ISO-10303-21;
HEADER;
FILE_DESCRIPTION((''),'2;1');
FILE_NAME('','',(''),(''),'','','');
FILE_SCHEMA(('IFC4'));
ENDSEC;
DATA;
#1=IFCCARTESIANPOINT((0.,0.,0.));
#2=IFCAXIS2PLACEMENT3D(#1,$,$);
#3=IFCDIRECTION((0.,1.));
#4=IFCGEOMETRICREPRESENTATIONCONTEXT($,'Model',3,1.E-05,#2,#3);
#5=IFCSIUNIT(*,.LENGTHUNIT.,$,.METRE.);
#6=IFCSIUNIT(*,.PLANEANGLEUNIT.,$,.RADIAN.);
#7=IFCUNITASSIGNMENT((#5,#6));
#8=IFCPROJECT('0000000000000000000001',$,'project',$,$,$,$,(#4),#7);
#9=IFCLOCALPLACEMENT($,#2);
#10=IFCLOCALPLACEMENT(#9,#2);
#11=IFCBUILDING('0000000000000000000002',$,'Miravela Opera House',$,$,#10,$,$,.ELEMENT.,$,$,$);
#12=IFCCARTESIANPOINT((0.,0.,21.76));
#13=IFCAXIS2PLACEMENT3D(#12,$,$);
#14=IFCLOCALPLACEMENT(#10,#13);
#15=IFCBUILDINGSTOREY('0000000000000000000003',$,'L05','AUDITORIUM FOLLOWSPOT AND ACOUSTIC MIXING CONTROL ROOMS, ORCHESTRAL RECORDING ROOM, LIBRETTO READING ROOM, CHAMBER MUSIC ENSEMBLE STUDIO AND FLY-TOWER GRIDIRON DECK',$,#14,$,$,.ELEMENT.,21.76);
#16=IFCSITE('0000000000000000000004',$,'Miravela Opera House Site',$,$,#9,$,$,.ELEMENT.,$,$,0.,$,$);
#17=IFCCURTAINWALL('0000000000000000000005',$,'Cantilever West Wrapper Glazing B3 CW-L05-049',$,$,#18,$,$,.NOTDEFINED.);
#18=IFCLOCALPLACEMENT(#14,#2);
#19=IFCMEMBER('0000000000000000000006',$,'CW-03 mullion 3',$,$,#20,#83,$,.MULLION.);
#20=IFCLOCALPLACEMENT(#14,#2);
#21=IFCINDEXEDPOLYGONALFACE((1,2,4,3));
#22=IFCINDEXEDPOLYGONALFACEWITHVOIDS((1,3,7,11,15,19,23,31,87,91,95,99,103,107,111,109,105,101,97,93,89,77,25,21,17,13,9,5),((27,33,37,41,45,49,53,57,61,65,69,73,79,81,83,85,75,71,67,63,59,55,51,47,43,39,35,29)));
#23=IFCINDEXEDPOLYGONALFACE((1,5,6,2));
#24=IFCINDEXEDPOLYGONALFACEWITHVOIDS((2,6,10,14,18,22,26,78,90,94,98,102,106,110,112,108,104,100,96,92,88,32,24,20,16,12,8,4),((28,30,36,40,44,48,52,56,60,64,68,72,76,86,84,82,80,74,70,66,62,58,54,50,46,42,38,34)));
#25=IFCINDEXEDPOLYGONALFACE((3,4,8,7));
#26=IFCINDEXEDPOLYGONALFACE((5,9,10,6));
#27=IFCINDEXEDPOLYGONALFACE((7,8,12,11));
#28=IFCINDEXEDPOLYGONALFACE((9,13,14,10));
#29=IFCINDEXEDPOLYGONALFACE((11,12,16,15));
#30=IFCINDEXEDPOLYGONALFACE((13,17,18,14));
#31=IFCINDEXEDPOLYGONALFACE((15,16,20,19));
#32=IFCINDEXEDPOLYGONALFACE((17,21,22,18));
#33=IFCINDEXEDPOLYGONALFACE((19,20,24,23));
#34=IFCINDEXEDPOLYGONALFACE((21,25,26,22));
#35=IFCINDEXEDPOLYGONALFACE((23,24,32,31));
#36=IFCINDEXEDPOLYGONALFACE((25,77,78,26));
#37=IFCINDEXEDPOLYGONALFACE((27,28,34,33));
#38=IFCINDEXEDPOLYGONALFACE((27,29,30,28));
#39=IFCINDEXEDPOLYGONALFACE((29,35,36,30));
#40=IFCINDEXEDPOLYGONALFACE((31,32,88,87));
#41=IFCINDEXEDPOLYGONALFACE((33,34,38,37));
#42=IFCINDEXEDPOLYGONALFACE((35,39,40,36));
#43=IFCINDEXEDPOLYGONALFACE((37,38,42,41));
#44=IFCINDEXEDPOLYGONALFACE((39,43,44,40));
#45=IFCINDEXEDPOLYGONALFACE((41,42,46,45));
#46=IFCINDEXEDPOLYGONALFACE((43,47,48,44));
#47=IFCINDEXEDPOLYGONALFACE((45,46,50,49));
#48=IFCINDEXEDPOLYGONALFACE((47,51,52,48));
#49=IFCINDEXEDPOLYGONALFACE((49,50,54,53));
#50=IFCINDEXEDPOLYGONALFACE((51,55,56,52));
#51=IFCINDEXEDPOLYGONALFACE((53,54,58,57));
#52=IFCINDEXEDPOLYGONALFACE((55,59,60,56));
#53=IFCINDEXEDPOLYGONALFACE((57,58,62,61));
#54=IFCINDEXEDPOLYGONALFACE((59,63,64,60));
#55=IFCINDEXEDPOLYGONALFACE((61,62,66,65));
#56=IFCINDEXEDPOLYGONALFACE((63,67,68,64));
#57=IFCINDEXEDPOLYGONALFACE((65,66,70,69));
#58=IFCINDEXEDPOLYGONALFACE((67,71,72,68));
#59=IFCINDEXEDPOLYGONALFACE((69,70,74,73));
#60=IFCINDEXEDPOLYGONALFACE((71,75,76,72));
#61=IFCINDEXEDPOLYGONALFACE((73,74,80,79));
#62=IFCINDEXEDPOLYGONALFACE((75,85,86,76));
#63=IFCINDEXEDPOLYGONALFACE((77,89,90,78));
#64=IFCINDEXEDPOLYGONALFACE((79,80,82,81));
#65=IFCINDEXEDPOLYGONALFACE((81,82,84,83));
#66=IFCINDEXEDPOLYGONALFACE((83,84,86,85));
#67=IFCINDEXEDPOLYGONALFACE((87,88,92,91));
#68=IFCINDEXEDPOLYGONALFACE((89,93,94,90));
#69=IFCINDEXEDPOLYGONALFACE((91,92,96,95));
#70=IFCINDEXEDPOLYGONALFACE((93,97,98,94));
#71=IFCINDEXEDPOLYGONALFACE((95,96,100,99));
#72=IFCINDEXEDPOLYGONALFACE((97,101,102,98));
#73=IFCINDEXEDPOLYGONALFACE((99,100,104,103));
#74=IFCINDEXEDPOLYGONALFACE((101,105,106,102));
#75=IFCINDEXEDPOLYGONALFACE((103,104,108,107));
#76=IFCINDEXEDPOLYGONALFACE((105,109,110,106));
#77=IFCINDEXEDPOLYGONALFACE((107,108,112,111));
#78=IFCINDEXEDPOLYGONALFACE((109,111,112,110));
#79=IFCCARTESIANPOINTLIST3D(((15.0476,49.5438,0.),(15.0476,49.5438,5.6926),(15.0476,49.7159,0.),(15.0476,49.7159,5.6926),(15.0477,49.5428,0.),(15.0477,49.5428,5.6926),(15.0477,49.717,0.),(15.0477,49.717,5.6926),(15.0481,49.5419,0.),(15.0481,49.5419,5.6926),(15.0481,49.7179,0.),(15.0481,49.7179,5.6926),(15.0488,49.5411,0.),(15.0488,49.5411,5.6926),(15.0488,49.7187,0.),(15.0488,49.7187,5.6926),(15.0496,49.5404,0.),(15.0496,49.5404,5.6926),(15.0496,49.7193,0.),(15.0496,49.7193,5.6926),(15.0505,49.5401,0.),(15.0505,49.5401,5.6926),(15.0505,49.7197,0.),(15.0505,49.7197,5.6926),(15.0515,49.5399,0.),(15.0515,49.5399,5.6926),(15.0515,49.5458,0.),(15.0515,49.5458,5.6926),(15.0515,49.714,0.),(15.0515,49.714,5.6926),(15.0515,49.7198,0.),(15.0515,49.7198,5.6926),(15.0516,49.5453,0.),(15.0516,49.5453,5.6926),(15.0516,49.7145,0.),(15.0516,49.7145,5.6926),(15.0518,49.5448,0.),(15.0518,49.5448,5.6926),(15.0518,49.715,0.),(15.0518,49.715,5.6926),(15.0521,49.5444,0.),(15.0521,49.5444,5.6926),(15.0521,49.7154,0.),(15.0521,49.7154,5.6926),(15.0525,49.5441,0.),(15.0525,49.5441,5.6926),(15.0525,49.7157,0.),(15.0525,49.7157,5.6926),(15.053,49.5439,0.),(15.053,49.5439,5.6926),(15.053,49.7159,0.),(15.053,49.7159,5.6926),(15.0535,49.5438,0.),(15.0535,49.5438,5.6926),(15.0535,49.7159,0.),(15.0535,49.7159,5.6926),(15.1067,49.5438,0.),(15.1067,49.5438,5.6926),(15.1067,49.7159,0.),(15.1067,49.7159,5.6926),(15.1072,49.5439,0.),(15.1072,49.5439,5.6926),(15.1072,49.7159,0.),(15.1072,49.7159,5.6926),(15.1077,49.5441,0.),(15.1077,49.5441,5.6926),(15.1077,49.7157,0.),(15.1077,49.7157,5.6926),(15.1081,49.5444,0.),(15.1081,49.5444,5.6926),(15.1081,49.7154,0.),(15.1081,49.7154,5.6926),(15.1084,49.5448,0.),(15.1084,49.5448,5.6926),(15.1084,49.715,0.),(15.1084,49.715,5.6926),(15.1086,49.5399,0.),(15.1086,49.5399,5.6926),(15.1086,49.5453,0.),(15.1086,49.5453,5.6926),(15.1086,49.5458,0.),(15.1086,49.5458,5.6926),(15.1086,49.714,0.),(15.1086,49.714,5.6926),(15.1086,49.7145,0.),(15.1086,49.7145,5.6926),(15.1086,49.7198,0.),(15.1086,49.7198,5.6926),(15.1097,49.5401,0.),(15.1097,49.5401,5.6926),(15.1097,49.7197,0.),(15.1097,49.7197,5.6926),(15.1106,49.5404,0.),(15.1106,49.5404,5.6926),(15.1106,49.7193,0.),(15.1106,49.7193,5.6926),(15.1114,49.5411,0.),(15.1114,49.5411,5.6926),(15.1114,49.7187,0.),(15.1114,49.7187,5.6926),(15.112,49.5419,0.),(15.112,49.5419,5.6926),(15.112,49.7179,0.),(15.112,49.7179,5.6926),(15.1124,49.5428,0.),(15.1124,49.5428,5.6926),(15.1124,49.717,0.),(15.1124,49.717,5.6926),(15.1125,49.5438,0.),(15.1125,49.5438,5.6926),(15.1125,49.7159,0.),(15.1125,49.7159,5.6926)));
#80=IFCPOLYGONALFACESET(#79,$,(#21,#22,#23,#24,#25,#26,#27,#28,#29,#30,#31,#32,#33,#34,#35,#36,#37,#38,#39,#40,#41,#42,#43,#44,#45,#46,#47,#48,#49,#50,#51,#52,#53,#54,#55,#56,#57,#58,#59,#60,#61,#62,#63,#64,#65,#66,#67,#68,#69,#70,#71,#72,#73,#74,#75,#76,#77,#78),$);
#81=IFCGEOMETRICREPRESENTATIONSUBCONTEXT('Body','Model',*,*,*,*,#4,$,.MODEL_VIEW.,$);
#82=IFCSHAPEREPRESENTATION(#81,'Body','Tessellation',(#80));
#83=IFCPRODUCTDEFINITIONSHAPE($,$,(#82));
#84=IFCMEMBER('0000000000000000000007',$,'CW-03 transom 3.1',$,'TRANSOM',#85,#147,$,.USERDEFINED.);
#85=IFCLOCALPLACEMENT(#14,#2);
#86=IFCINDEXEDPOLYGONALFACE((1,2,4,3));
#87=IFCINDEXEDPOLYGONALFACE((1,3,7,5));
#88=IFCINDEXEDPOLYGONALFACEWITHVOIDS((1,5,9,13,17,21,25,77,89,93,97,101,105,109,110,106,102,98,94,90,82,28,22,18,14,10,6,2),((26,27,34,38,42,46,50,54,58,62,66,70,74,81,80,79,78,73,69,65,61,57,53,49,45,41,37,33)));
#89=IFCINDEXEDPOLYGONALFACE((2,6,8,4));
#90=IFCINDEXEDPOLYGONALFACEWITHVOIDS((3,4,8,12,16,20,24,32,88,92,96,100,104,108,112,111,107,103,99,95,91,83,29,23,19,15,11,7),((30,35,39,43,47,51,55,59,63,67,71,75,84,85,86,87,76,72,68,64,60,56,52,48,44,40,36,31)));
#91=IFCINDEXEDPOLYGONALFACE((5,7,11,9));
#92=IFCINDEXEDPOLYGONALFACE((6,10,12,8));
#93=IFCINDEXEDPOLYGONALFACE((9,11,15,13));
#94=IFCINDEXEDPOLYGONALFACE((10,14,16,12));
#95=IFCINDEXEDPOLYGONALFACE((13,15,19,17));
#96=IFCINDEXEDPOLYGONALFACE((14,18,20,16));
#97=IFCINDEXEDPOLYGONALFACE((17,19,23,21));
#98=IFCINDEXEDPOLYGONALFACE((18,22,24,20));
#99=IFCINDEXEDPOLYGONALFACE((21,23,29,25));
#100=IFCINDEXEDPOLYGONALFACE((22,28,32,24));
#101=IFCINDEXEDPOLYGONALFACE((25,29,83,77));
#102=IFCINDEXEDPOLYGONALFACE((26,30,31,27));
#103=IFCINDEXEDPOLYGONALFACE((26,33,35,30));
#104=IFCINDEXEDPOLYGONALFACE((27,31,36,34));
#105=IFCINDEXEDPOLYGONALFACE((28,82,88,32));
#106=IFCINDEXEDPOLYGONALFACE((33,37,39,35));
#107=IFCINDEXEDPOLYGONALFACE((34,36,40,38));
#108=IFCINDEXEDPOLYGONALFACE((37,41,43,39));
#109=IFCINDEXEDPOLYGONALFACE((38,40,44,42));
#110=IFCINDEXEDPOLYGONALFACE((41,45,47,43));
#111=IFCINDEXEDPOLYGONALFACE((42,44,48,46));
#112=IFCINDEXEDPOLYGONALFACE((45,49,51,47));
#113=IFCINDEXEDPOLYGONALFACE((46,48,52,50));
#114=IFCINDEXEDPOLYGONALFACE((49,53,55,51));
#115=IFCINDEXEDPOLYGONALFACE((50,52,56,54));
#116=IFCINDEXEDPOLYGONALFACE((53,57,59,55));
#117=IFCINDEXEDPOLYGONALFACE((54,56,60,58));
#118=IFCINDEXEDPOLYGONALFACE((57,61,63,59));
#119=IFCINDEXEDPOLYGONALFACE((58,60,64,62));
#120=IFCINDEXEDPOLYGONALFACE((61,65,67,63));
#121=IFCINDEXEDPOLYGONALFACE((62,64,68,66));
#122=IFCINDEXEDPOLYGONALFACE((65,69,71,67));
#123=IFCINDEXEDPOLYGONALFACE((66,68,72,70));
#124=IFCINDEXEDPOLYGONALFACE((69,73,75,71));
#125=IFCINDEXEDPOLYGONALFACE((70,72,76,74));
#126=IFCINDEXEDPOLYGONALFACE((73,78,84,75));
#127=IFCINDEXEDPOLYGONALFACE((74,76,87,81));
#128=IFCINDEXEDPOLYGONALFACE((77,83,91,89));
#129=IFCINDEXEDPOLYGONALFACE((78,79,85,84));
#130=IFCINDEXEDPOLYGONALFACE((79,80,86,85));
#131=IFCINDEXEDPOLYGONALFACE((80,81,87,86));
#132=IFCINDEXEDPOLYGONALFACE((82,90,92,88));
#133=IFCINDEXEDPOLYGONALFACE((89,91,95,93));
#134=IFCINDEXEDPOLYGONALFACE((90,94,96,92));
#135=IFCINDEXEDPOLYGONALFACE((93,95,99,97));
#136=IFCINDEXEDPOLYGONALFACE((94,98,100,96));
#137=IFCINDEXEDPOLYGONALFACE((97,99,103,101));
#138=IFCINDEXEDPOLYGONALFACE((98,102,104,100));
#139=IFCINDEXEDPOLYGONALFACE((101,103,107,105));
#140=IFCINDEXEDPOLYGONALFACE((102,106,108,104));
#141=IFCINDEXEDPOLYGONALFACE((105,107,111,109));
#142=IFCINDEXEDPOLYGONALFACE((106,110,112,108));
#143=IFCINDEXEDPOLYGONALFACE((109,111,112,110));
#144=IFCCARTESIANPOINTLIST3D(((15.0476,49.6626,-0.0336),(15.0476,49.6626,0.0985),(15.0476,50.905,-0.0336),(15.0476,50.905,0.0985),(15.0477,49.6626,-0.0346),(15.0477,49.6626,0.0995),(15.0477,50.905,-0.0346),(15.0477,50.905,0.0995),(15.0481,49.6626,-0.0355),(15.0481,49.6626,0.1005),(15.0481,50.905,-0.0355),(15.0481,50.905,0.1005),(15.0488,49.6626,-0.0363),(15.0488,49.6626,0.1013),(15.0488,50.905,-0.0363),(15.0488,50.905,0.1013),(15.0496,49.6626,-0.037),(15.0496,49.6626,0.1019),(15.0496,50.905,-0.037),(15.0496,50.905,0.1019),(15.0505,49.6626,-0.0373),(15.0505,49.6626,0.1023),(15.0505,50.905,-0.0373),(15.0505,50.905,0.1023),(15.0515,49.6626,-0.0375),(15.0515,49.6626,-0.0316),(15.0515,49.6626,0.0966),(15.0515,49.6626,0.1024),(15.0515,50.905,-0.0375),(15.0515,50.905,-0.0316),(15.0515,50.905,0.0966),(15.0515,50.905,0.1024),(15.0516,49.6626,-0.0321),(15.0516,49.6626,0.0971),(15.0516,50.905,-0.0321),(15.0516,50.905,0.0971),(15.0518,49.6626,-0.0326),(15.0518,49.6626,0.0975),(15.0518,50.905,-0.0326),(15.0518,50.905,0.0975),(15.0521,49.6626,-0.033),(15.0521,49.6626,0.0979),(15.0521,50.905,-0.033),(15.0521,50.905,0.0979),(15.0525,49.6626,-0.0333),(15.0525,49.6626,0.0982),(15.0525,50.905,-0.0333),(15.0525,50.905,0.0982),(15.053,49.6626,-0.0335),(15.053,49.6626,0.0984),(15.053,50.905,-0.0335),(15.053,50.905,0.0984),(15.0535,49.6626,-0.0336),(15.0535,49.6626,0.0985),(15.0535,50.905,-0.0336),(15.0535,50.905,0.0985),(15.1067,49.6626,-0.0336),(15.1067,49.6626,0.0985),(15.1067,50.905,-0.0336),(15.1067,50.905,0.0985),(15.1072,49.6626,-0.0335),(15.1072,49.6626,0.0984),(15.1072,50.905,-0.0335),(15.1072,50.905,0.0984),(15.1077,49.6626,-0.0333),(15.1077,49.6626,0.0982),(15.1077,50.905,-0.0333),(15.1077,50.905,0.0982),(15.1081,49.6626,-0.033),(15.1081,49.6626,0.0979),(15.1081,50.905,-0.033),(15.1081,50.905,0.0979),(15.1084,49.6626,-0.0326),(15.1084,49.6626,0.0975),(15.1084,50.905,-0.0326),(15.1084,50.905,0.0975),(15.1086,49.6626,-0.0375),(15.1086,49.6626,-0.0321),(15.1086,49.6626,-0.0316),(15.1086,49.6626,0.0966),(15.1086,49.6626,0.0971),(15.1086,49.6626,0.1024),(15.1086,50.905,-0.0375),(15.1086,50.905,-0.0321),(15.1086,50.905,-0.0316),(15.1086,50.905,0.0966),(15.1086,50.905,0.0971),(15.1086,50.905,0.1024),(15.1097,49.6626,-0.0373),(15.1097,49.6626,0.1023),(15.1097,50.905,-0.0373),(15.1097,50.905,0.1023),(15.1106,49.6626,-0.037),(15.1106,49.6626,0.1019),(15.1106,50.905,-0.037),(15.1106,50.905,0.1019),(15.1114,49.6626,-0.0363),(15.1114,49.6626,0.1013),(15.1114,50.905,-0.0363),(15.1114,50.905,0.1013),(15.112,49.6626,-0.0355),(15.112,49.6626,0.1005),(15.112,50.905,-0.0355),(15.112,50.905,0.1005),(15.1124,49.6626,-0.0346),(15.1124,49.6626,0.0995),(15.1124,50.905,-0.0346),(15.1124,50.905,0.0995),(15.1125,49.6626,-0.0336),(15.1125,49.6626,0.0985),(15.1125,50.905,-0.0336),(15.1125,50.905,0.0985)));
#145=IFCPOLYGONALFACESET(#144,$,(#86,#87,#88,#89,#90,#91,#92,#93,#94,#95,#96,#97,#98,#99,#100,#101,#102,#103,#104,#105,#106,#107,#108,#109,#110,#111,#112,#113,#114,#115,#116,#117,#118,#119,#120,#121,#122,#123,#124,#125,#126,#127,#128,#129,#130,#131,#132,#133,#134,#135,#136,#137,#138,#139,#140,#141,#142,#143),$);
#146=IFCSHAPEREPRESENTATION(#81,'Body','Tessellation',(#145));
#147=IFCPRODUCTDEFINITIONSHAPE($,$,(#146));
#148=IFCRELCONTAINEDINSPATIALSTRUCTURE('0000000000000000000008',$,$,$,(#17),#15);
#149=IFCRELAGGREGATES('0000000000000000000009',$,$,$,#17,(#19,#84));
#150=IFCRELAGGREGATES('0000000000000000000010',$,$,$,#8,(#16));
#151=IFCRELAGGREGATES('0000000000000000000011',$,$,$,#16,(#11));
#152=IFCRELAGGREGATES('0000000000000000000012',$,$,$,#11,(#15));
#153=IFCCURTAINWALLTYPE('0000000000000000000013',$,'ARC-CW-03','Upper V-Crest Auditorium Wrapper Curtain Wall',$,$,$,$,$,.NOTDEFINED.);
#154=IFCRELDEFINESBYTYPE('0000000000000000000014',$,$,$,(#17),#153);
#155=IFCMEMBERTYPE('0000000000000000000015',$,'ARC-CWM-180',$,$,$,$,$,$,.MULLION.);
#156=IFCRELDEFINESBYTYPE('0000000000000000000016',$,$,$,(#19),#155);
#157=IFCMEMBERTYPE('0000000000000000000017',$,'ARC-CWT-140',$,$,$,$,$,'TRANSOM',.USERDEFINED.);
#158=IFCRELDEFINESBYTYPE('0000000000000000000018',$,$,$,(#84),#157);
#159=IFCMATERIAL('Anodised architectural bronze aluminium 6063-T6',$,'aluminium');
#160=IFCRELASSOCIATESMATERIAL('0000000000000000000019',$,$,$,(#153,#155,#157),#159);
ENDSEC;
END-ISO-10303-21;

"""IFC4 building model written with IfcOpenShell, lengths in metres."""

from ifc_helpers import new_model, si_unit, direction, frame, origin, origin_2d, place, context, subcontext, project, spatial, hollow_rectangle, extrude, material, material_profile, profile_set, type_object, element, aggregate, save


model = new_model("IFC4")

# Units and contexts
model_context = context("Model", 3, precision=1e-05, world=origin(), true_north=direction((0.0, 1.0)))
body_context = subcontext(model_context, "Body", "Model", "MODEL_VIEW")
ifc_project = project(units=[si_unit("LENGTHUNIT", "METRE"), si_unit("PLANEANGLEUNIT", "RADIAN")], contexts=[model_context])

# Site, building, storey
site_placement = place(None, origin())
site = spatial("IfcSite", under=ifc_project, at=site_placement, Name="Miravela Opera House Site", CompositionType="ELEMENT", RefElevation=0.0)
building_placement = place(site_placement, origin())
building = spatial("IfcBuilding", under=site, at=building_placement, Name="Miravela Opera House", CompositionType="ELEMENT")
storey_placement = place(building_placement, frame((0.0, 0.0, 21.76)))
storey = spatial("IfcBuildingStorey", under=building, at=storey_placement, Name="L05", Description="AUDITORIUM FOLLOWSPOT AND ACOUSTIC MIXING CONTROL ROOMS, ORCHESTRAL RECORDING ROOM, LIBRETTO READING ROOM, CHAMBER MUSIC ENSEMBLE STUDIO AND FLY-TOWER GRIDIRON DECK", CompositionType="ELEMENT", Elevation=21.76)

# Curtain wall, members
ifc_material_1 = material(Name="Anodised architectural bronze aluminium 6063-T6", Category="aluminium")
curtain_wall_type = type_object("IfcCurtainWallType", Name="ARC-CW-03", Description="Upper V-Crest Auditorium Wrapper Curtain Wall", PredefinedType="NOTDEFINED", material=ifc_material_1)
curtain_wall_placement = place(storey_placement, origin())
curtain_wall = element("IfcCurtainWall", 1, at=curtain_wall_placement, inside=storey, type_object=curtain_wall_type, Name="Cantilever West Wrapper Glazing B3 CW-L05-049", PredefinedType="NOTDEFINED")
ifc_material_profile_1 = material_profile(ifc_material_1, hollow_rectangle(XDim=0.0649, YDim=0.1799, WallThickness=0.0039, InnerFilletRadius=0.002, OuterFilletRadius=0.0039, at=origin_2d()), Name="CWM-65X180")
ifc_profile_set_1 = profile_set([ifc_material_profile_1])
member_type_1 = type_object("IfcMemberType", Name="ARC-CWM-180", PredefinedType="MULLION", material=ifc_profile_set_1)
member_1_placement = place(storey_placement, frame((15.0801, 49.6299, 0.0), z_axis=(0.0, 0.0, 1.0), x_axis=(-1.0, 0.0, 0.0)))
member_1 = element("IfcMember", 2, at=member_1_placement, type_object=member_type_1, Name="CW-03 mullion 3", PredefinedType="MULLION", context=body_context, shape_type="SweptSolid", body=[
    extrude(hollow_rectangle(XDim=0.0649, YDim=0.1799, WallThickness=0.0039, InnerFilletRadius=0.002, OuterFilletRadius=0.0039, at=origin_2d()), origin(), (0.0, 0.0, 1.0), 5.6926),
])
ifc_material_profile_2 = material_profile(ifc_material_1, hollow_rectangle(XDim=0.0649, YDim=0.1399, WallThickness=0.0039, InnerFilletRadius=0.002, OuterFilletRadius=0.0039, at=origin_2d()), Name="CWT-65X140")
ifc_profile_set_2 = profile_set([ifc_material_profile_2])
member_type_2 = type_object("IfcMemberType", Name="ARC-CWT-140", ElementType="TRANSOM", PredefinedType="USERDEFINED", material=ifc_profile_set_2)
member_2_placement = place(storey_placement, frame((15.0801, 49.6626, 0.0325), z_axis=(0.0, 1.0, 0.0), x_axis=(-1.0, 0.0, 0.0)))
member_2 = element("IfcMember", 3, at=member_2_placement, type_object=member_type_2, Name="CW-03 transom 3.1", ObjectType="TRANSOM", PredefinedType="USERDEFINED", context=body_context, shape_type="SweptSolid", body=[
    extrude(hollow_rectangle(XDim=0.0649, YDim=0.1399, WallThickness=0.0039, InnerFilletRadius=0.002, OuterFilletRadius=0.0039, at=origin_2d()), origin(), (0.0, 0.0, 1.0), 1.2424),
])

aggregate(curtain_wall, [member_1, member_2])

save(model, "model.ifc")
